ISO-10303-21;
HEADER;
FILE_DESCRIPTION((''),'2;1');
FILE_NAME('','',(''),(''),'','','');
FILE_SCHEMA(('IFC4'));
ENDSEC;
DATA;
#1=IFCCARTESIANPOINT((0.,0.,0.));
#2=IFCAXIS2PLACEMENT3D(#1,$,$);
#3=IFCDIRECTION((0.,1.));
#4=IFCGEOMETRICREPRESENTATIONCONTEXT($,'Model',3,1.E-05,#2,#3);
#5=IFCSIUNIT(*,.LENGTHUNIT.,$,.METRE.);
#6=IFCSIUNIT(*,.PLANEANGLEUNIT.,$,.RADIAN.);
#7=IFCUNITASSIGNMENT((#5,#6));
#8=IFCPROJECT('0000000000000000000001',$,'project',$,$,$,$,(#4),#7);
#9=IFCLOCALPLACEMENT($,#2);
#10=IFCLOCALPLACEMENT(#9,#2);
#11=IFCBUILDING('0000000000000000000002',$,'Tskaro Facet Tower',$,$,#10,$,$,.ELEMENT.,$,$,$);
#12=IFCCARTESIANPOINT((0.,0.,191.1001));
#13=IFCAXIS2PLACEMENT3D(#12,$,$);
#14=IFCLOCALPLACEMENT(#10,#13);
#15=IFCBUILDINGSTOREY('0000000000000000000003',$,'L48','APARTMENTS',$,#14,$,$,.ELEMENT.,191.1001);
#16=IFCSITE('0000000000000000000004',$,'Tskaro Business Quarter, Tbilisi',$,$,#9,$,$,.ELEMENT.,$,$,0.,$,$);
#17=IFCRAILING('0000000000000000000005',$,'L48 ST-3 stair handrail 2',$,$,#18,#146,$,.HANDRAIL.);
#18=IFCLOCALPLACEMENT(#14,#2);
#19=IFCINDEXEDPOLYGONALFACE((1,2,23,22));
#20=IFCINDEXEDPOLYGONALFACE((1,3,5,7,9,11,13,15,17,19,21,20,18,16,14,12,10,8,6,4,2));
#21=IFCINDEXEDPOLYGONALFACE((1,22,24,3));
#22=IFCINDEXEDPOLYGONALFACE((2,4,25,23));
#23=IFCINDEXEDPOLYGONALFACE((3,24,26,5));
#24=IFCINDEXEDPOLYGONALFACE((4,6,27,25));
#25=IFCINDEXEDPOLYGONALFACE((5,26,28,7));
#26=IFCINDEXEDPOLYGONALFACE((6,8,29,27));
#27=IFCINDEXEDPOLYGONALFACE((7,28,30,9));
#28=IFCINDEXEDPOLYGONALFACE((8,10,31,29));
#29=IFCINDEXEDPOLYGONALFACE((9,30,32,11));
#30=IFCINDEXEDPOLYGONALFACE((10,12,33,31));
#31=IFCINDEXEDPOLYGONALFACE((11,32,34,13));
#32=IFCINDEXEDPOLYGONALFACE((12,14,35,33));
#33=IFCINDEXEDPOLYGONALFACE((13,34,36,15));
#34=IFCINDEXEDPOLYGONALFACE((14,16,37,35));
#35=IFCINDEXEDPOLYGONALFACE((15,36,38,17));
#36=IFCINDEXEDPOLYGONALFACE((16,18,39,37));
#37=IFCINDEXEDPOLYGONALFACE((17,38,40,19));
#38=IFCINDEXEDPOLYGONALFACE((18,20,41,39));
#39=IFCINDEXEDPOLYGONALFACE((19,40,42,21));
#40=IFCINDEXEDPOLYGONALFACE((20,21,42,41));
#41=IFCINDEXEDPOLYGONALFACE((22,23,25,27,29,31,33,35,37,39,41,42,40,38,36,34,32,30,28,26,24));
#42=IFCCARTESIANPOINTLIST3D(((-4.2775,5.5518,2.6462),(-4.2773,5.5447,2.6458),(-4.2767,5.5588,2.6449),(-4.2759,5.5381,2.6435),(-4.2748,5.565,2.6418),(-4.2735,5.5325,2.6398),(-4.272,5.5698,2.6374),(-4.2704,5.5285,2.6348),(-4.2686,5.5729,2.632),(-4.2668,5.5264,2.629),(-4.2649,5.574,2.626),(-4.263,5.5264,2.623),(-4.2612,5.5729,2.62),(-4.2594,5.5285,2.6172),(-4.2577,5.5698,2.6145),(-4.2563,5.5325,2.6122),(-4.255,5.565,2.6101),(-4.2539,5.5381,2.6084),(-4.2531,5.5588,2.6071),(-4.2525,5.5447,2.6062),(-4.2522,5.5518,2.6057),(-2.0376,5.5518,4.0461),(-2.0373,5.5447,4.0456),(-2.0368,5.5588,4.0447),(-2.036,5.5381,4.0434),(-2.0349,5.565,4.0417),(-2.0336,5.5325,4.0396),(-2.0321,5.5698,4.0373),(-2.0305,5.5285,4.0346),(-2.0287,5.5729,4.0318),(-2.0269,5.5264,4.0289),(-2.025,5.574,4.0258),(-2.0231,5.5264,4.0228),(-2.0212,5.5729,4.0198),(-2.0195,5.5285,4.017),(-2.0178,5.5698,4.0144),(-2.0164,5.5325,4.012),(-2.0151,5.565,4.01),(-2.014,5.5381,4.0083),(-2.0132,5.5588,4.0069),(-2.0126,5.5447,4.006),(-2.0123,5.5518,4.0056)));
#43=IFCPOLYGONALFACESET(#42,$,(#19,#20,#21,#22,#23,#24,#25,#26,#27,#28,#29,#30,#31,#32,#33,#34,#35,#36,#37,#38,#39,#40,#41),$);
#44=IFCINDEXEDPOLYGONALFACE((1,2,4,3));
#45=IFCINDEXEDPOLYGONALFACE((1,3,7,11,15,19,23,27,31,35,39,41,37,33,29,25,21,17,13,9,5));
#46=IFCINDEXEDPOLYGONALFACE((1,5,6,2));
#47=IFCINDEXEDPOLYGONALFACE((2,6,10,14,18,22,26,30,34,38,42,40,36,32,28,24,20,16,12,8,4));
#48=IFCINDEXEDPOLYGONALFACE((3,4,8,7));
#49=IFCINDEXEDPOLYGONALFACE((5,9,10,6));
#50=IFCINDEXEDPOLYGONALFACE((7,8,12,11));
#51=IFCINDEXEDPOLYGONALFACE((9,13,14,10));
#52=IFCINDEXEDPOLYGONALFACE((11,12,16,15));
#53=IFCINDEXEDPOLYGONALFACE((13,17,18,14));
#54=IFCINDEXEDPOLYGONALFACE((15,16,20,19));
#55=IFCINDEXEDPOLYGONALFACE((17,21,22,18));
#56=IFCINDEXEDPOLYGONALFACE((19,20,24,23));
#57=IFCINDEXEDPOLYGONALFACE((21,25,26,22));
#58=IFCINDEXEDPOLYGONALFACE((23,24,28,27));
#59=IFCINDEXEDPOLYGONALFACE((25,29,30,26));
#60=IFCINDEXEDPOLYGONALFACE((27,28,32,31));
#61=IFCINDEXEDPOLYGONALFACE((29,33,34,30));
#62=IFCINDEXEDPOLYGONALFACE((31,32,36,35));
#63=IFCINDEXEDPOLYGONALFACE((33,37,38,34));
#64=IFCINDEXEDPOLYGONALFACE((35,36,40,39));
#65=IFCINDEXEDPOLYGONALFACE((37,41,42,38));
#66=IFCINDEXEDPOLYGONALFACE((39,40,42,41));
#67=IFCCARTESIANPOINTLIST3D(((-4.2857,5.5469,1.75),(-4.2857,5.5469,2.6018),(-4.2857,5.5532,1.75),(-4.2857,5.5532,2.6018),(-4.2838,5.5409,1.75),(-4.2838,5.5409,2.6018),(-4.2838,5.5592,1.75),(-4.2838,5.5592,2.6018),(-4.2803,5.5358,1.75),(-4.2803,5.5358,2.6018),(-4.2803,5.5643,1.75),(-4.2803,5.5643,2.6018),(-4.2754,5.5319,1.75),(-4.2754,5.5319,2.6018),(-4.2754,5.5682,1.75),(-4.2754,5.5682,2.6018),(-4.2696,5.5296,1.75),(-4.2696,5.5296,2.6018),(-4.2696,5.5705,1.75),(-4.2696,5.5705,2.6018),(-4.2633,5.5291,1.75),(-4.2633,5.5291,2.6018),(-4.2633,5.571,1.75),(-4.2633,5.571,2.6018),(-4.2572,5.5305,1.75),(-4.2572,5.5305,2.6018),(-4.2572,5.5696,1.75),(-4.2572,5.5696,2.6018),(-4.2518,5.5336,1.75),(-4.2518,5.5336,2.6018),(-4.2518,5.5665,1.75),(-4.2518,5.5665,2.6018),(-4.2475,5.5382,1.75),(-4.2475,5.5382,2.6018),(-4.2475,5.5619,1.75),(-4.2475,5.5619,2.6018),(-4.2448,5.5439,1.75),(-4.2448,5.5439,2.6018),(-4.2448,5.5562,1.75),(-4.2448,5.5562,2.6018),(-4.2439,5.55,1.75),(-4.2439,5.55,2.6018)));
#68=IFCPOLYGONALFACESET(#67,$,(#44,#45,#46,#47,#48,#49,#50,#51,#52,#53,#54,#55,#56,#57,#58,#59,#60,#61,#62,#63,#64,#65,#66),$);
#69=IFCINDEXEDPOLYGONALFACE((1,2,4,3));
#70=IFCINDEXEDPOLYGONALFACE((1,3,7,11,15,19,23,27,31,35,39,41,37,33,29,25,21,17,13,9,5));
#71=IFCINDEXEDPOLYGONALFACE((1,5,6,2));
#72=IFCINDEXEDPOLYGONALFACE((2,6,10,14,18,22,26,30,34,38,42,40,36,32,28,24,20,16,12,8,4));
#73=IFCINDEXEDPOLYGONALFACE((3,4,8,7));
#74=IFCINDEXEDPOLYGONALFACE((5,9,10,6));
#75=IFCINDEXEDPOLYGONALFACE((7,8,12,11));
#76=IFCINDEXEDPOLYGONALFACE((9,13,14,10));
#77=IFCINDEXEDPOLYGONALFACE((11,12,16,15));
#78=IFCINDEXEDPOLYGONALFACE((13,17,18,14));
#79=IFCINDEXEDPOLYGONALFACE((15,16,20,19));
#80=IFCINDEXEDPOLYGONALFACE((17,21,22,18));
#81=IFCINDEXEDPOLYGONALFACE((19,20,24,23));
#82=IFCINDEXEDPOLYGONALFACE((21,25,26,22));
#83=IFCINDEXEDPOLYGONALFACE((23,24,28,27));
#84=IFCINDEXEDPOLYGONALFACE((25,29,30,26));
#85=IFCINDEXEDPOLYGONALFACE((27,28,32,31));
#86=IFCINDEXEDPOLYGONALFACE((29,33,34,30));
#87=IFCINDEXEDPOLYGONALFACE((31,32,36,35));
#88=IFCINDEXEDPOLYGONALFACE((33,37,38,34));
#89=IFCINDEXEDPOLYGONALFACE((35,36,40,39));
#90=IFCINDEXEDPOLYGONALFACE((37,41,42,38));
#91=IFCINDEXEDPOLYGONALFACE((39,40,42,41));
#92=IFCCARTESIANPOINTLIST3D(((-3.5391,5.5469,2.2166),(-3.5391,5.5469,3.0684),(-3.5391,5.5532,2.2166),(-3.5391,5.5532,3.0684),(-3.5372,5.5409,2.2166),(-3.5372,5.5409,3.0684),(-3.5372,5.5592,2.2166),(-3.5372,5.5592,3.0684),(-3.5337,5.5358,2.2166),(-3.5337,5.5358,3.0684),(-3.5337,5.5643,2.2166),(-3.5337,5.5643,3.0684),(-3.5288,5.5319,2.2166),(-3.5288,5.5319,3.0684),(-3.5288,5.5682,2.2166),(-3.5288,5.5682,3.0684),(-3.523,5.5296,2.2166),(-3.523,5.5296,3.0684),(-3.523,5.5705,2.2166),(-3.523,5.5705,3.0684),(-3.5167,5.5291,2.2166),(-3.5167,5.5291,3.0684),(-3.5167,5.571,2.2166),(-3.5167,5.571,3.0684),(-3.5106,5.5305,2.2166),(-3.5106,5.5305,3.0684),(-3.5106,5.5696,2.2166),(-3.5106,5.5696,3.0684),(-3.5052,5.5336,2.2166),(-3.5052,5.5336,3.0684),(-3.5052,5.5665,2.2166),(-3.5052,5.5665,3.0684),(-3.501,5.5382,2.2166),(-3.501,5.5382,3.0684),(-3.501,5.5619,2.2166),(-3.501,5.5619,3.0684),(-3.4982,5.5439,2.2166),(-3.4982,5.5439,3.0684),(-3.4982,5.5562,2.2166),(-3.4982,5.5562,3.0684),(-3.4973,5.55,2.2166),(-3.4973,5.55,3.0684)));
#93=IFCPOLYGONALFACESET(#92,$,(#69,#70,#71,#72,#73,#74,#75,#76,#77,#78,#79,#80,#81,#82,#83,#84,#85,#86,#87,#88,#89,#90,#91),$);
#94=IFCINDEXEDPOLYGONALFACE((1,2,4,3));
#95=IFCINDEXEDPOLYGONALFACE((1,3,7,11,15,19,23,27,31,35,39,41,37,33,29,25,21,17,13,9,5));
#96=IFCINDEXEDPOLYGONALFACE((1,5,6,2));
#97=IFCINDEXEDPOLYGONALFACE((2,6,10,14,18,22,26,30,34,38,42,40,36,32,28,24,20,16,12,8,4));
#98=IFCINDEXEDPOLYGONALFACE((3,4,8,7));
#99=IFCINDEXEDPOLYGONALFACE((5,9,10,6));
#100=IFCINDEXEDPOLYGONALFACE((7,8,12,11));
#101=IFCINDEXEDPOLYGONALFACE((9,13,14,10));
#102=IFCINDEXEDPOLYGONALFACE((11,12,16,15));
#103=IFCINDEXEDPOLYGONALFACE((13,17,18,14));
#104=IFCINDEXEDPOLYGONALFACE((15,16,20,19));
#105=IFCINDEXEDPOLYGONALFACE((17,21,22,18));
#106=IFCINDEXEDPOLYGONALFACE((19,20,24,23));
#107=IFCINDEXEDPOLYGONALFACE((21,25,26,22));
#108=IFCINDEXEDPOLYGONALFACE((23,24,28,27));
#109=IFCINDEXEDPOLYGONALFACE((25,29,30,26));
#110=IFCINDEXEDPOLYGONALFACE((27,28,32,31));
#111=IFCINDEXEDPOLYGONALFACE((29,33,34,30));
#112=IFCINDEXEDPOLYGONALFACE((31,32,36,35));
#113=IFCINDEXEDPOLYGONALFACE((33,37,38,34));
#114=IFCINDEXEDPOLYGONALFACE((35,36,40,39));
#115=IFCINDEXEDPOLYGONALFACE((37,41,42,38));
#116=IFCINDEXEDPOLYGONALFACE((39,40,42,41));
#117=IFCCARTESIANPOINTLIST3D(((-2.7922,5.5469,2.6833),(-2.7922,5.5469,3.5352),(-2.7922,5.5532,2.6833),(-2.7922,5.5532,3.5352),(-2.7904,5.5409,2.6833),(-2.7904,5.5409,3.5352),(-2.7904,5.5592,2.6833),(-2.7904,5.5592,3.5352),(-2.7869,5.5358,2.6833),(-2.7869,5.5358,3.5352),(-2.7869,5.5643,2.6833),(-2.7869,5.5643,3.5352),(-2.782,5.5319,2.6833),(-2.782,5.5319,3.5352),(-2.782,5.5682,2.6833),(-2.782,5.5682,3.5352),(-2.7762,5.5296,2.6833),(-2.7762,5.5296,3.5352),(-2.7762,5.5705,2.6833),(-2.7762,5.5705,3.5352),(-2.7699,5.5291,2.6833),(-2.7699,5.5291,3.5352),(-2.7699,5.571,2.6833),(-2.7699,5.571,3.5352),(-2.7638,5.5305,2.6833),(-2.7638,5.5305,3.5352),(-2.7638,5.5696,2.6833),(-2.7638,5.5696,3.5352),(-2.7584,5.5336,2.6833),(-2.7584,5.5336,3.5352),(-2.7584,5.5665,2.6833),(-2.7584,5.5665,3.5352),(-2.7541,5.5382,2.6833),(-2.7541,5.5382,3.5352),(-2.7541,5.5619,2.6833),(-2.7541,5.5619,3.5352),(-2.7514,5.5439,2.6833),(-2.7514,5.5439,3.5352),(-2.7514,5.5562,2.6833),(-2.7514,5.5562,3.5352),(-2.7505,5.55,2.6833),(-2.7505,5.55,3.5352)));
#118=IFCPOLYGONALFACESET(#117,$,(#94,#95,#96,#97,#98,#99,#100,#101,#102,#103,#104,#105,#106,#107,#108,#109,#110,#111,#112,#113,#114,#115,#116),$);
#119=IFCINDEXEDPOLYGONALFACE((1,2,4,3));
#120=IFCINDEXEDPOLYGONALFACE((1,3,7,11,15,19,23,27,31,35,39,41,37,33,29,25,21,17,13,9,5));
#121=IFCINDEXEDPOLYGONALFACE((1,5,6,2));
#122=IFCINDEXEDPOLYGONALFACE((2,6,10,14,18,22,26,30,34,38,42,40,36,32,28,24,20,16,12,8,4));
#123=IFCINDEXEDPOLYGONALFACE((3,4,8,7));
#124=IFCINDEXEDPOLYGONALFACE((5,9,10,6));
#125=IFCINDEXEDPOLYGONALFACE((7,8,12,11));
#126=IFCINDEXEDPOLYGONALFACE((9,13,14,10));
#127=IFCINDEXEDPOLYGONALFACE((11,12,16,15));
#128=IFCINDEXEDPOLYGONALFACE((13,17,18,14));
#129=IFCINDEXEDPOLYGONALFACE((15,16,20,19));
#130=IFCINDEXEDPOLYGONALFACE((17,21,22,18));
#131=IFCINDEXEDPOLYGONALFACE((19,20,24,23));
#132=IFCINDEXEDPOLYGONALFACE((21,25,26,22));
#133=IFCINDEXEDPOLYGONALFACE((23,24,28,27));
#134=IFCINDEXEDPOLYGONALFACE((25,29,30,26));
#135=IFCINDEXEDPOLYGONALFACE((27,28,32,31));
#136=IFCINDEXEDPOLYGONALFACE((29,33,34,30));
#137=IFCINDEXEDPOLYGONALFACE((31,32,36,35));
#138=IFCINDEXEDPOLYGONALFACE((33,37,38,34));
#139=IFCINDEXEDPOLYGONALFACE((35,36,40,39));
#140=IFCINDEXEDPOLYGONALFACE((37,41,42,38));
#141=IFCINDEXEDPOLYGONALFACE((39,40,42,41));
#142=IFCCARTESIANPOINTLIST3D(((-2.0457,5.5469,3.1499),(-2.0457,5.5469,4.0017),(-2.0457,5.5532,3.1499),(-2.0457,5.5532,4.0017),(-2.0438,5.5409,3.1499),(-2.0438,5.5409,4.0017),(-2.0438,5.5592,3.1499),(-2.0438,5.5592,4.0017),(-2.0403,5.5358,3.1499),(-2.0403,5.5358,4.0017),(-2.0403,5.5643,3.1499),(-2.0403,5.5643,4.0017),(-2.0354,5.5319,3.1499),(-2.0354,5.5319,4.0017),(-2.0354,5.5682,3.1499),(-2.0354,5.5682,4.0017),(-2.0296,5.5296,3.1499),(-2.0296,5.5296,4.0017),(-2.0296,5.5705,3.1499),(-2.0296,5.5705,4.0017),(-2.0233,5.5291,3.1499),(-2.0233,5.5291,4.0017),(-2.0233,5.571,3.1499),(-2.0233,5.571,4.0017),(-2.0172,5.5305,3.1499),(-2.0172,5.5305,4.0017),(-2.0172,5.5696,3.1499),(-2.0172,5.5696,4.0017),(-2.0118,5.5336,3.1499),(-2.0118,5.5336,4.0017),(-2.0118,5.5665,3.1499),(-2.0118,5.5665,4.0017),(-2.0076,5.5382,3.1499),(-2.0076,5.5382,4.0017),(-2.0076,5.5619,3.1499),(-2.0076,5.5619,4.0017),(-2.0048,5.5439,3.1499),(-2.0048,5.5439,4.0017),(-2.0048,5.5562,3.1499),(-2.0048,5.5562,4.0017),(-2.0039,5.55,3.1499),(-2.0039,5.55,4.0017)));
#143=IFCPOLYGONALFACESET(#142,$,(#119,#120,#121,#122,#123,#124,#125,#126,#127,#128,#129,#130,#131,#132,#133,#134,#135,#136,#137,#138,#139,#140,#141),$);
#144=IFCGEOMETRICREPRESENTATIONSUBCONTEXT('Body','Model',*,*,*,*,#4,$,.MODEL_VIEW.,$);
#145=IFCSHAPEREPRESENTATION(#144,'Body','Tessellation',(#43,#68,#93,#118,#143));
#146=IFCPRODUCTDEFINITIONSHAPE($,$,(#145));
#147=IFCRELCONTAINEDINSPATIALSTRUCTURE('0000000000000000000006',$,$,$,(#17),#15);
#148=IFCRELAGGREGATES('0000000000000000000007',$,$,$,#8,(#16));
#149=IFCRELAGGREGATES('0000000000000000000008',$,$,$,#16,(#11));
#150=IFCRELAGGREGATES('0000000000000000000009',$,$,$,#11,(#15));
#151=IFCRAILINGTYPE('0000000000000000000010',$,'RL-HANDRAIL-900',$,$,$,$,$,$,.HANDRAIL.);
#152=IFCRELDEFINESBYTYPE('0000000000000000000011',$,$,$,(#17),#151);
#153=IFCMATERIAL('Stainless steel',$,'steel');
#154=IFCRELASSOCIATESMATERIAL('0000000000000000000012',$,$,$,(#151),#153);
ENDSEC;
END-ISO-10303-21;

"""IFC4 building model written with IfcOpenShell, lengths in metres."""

from ifc_helpers import new_model, si_unit, direction, frame, origin, origin_2d, place, context, subcontext, project, spatial, circle, extrude, material, type_object, element, save


model = new_model("IFC4")

# Units and contexts
model_context = context("Model", 3, precision=1e-05, world=origin(), true_north=direction((0.0, 1.0)))
body_context = subcontext(model_context, "Body", "Model", "MODEL_VIEW")
ifc_project = project(units=[si_unit("LENGTHUNIT", "METRE"), si_unit("PLANEANGLEUNIT", "RADIAN")], contexts=[model_context])

# Site, building, storey
site_placement = place(None, origin())
site = spatial("IfcSite", under=ifc_project, at=site_placement, Name="Tskaro Business Quarter, Tbilisi", CompositionType="ELEMENT", RefElevation=0.0)
building_placement = place(site_placement, origin())
building = spatial("IfcBuilding", under=site, at=building_placement, Name="Tskaro Facet Tower", CompositionType="ELEMENT")
storey_placement = place(building_placement, frame((0.0, 0.0, 191.1001)))
storey = spatial("IfcBuildingStorey", under=building, at=storey_placement, Name="L48", Description="APARTMENTS", CompositionType="ELEMENT", Elevation=191.1001)

# Railing
ifc_material_1 = material(Name="Stainless steel", Category="steel")
railing_type_1 = type_object("IfcRailingType", Name="RL-HANDRAIL-900", PredefinedType="HANDRAIL", material=ifc_material_1)
railing_1_placement = place(storey_placement, frame((-4.2649, 5.55, 1.75)))
element("IfcRailing", 1, at=railing_1_placement, inside=storey, type_object=railing_type_1, Name="L48 ST-3 stair handrail 2", PredefinedType="HANDRAIL", context=body_context, shape_type="SweptSolid", body=[
    extrude(circle(Radius=0.0239, at=origin_2d()), frame((0.0, 0.0, 0.876), z_axis=(0.848014, 0.0, 0.529974), x_axis=(0.0, 1.0, 0.0)), (0.0, 0.0, 1.0), 2.6414),
    extrude(circle(Radius=0.021, at=origin_2d()), origin(), (0.0, 0.0, 1.0), 0.8518),
    extrude(circle(Radius=0.021, at=origin_2d()), frame((0.7466, 0.0, 0.4666)), (0.0, 0.0, 1.0), 0.8518),
    extrude(circle(Radius=0.021, at=origin_2d()), frame((1.4934, 0.0, 0.9333)), (0.0, 0.0, 1.0), 0.8518),
    extrude(circle(Radius=0.021, at=origin_2d()), frame((2.24, 0.0, 1.3999)), (0.0, 0.0, 1.0), 0.8518),
])

save(model, "model.ifc")
